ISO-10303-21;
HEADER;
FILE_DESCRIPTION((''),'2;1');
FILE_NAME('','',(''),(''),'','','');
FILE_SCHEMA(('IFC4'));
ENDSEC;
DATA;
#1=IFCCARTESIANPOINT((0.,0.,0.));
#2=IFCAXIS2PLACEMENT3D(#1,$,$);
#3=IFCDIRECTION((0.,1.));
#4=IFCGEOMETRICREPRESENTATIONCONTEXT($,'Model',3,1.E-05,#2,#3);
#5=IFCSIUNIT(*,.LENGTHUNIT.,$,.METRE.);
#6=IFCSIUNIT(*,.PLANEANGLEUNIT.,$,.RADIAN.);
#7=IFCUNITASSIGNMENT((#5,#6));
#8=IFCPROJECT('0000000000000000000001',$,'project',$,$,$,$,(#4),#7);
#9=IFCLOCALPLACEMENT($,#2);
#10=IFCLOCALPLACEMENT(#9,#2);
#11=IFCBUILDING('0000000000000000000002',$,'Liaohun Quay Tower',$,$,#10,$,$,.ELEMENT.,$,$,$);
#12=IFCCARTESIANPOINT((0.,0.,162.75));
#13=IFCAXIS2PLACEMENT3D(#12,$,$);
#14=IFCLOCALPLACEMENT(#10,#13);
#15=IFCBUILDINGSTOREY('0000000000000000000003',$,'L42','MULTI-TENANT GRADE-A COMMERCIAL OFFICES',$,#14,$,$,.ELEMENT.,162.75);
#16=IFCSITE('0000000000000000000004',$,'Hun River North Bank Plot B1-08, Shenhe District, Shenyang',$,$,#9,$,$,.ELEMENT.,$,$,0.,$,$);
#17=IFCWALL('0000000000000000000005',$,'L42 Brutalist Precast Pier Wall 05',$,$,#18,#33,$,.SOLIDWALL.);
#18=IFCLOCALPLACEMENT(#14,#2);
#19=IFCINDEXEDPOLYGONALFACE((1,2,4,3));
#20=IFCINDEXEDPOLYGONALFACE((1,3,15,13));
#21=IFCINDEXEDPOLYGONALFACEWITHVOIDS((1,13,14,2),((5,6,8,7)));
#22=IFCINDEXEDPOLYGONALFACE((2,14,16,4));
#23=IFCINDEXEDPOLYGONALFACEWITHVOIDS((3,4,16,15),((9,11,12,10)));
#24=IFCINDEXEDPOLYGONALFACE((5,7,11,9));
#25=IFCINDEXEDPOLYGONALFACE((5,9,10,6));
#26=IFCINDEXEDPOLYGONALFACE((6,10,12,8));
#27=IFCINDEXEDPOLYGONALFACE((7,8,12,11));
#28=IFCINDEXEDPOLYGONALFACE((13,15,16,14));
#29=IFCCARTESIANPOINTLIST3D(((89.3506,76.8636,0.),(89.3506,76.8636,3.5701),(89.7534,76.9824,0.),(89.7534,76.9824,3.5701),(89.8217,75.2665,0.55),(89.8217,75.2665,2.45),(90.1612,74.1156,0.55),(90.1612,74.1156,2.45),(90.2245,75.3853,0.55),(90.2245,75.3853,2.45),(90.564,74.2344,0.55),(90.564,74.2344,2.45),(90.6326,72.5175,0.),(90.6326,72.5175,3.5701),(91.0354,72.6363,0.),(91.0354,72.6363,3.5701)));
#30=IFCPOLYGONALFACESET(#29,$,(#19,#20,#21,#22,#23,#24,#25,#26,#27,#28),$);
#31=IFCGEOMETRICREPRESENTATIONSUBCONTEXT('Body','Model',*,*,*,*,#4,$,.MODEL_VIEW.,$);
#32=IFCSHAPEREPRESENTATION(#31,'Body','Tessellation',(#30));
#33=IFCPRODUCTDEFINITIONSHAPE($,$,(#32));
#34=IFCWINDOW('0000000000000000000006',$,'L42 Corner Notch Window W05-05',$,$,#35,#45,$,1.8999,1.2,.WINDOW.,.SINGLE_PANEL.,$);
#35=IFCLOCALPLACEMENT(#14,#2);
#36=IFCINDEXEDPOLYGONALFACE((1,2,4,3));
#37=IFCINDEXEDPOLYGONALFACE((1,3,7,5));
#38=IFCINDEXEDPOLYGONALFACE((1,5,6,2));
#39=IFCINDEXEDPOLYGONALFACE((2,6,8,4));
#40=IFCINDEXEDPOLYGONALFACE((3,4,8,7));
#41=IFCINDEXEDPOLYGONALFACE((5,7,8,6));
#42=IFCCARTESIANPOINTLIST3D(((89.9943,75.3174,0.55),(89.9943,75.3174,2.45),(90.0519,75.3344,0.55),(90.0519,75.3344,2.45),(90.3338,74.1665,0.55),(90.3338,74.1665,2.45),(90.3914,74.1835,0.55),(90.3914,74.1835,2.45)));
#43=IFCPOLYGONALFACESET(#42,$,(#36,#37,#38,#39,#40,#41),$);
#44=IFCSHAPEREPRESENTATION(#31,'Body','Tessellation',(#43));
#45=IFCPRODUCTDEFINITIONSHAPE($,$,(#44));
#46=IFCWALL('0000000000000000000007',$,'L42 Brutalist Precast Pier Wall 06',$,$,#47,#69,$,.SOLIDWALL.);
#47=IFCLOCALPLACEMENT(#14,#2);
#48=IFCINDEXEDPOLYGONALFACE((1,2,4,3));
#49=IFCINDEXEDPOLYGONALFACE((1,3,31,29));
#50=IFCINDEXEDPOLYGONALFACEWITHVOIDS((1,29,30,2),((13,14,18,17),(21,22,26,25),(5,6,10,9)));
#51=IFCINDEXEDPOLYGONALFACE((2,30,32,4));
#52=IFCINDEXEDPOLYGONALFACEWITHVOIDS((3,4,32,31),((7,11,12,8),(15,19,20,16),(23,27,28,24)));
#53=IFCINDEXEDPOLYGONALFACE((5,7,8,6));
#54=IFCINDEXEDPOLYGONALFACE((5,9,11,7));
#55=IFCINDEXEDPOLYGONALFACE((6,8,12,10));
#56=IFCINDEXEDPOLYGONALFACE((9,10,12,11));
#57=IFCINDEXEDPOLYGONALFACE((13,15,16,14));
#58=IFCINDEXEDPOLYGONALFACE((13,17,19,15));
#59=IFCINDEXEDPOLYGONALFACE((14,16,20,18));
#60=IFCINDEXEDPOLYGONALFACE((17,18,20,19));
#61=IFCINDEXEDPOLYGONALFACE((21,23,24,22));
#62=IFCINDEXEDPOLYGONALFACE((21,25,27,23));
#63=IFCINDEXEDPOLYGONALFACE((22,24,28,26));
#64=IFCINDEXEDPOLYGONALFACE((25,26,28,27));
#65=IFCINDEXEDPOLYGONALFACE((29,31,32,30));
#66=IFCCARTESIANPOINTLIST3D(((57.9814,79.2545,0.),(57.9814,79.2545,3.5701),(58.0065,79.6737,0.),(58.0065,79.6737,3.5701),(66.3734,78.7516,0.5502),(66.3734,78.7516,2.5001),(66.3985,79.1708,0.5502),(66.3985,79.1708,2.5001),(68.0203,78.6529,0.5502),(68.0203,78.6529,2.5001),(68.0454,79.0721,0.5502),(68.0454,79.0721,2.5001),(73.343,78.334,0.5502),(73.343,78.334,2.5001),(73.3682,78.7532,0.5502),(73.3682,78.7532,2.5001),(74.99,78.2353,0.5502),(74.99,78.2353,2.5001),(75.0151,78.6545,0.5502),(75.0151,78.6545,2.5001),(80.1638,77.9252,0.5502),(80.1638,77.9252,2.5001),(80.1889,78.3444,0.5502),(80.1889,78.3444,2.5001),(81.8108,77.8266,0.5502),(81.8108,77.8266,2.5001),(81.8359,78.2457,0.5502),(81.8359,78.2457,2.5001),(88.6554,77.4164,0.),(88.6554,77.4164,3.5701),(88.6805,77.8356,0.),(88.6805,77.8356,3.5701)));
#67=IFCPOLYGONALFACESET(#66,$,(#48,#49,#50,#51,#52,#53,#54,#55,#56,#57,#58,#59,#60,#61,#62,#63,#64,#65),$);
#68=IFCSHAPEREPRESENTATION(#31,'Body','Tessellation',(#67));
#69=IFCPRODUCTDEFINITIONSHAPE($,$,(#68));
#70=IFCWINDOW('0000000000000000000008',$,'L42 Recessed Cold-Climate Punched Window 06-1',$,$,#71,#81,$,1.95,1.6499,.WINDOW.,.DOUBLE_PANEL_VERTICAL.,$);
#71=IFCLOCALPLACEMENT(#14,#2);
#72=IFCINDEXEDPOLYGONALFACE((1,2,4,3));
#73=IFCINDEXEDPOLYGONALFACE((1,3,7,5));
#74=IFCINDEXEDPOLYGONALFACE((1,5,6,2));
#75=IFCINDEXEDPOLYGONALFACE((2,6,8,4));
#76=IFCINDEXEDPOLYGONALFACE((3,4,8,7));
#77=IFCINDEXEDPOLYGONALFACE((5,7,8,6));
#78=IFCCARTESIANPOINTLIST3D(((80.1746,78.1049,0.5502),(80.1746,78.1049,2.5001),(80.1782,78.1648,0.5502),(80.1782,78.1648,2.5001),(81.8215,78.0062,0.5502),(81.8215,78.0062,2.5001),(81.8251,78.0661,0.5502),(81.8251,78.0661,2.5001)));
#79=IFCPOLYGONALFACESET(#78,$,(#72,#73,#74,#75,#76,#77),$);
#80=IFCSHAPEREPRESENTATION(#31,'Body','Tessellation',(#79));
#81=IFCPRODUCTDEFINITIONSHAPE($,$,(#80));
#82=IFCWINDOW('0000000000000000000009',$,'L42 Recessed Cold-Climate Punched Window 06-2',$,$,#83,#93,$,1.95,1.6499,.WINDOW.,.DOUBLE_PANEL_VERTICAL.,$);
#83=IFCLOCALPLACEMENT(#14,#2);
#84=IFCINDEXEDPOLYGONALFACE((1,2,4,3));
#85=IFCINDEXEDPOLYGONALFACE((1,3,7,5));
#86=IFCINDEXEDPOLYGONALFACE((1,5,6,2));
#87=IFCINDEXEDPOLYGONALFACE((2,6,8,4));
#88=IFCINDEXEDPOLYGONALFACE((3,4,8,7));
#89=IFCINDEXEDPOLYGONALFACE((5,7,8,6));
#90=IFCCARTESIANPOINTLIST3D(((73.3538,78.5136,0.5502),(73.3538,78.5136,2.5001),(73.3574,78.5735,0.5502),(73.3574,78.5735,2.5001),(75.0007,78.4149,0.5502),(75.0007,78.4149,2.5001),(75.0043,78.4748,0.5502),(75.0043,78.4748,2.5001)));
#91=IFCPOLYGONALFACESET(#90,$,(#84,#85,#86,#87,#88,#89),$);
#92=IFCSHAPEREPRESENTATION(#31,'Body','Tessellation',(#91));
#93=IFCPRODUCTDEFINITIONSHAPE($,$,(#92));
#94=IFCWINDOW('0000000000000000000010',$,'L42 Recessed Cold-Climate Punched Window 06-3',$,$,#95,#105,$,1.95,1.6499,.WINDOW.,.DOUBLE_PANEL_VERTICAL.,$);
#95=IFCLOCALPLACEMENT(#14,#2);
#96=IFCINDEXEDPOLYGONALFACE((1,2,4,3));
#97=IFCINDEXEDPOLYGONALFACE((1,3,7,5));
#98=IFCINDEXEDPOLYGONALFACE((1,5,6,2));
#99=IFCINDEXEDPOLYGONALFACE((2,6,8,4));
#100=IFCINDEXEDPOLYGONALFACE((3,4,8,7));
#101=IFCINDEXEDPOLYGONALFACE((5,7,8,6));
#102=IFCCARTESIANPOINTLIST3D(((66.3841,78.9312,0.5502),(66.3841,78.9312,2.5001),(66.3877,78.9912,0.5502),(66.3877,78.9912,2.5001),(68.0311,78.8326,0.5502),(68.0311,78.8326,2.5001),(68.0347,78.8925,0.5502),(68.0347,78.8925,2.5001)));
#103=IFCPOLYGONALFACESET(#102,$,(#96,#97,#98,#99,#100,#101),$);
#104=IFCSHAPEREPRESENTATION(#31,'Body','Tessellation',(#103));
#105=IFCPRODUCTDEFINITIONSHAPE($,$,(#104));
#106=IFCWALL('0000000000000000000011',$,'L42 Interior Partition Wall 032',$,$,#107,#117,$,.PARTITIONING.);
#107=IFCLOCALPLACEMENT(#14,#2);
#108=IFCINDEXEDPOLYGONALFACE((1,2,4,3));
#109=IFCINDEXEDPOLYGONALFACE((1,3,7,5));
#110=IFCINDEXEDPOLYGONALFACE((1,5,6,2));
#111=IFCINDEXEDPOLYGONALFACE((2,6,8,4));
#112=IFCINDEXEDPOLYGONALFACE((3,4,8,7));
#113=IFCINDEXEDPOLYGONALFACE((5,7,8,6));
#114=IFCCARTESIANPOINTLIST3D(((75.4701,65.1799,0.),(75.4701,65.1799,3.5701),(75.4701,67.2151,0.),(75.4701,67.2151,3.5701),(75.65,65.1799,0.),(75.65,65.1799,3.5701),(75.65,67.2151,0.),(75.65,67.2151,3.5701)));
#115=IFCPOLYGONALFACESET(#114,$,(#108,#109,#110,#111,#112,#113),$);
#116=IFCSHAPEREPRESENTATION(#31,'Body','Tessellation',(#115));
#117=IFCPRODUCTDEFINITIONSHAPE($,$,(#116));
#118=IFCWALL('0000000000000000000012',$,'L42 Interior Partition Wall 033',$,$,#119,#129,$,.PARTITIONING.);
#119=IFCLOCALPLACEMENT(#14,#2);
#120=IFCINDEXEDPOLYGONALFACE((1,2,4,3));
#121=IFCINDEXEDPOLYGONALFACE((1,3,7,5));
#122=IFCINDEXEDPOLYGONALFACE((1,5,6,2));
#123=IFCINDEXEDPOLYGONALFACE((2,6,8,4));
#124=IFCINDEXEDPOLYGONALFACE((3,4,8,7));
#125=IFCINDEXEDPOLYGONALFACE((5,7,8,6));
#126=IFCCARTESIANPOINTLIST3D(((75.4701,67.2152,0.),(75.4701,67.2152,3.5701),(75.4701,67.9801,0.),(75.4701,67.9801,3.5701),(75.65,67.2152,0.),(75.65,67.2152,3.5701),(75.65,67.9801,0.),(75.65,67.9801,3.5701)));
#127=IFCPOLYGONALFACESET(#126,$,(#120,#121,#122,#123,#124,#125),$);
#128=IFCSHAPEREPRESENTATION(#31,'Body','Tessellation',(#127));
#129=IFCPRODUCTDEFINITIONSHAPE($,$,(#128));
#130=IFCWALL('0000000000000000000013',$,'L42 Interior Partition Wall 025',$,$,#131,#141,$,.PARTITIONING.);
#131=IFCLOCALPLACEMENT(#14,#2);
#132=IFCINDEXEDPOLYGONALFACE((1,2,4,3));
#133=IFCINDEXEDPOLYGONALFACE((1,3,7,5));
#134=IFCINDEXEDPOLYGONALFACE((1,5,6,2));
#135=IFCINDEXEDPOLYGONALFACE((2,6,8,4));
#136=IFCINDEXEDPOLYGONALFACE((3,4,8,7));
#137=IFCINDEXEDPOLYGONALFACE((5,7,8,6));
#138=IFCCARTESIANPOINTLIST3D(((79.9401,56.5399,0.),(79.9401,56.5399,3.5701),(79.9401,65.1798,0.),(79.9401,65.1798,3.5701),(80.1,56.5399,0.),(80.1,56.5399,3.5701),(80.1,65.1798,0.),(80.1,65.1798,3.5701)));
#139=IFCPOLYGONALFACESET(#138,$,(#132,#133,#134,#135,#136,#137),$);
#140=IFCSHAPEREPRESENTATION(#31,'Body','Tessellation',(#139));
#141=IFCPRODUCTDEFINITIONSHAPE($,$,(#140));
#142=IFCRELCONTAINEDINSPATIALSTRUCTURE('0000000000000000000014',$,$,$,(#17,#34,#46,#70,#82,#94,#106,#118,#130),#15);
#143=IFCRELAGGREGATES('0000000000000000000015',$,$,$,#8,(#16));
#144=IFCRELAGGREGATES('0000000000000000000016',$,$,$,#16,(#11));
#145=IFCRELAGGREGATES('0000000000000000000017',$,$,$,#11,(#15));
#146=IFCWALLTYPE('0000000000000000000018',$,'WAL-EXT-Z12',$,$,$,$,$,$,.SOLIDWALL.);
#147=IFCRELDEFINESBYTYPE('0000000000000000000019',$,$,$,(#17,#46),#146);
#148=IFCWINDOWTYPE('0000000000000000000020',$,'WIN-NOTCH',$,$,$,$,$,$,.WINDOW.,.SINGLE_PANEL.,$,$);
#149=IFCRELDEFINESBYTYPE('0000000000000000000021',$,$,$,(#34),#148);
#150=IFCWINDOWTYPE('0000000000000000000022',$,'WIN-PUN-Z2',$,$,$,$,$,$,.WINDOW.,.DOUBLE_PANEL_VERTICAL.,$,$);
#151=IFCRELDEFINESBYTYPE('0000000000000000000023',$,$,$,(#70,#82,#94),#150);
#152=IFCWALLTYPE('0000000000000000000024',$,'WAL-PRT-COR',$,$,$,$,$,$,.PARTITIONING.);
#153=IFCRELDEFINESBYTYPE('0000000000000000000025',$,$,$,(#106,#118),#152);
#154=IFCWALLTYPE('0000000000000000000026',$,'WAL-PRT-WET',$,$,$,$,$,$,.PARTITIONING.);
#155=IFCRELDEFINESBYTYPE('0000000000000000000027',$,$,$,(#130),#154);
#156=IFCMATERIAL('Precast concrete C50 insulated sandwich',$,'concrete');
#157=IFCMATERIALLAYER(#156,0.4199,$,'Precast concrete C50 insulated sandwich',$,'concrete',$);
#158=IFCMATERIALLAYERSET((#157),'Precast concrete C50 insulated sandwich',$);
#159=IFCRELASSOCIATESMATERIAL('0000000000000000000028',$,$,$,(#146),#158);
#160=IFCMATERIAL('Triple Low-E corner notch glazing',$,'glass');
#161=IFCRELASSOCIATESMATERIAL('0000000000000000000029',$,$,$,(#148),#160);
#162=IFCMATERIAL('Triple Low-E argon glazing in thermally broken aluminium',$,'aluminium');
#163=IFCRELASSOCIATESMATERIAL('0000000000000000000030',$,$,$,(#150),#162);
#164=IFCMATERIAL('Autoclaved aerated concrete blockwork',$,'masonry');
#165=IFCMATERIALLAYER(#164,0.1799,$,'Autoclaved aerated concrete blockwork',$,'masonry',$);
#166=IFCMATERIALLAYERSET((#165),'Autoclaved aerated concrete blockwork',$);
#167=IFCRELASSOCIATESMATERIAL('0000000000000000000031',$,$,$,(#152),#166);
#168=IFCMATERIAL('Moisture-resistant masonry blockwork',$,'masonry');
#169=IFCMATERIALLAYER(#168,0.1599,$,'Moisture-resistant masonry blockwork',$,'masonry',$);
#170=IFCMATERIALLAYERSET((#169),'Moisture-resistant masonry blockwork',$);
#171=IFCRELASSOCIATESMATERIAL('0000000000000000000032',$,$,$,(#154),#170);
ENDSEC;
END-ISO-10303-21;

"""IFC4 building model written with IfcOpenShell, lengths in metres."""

from ifc_helpers import new_model, si_unit, direction, frame, frame_2d, origin, place, context, subcontext, project, spatial, rectangle, extrude, source, transform, mapped, material, layer, layer_set, type_object, element, fill, save


model = new_model("IFC4")

# Units and contexts
model_context = context("Model", 3, precision=1e-05, world=origin(), true_north=direction((0.0, 1.0)))
body_context = subcontext(model_context, "Body", "Model", "MODEL_VIEW")
ifc_project = project(units=[si_unit("LENGTHUNIT", "METRE"), si_unit("PLANEANGLEUNIT", "RADIAN")], contexts=[model_context])

# Site, building, storey
site_placement = place(None, origin())
site = spatial("IfcSite", under=ifc_project, at=site_placement, Name="Hun River North Bank Plot B1-08, Shenhe District, Shenyang", CompositionType="ELEMENT", RefElevation=0.0)
building_placement = place(site_placement, origin())
building = spatial("IfcBuilding", under=site, at=building_placement, Name="Liaohun Quay Tower", CompositionType="ELEMENT")
storey_placement = place(building_placement, frame((0.0, 0.0, 162.75)))
storey = spatial("IfcBuildingStorey", under=building, at=storey_placement, Name="L42", Description="MULTI-TENANT GRADE-A COMMERCIAL OFFICES", CompositionType="ELEMENT", Elevation=162.75)

# Wall, opening, window
ifc_material_1 = material(Name="Precast concrete C50 insulated sandwich", Category="concrete")
ifc_layer_1 = layer(ifc_material_1, 0.4199, Name="Precast concrete C50 insulated sandwich", Category="concrete")
ifc_layer_set_1 = layer_set([ifc_layer_1], Name="Precast concrete C50 insulated sandwich")
wall_type_1 = type_object("IfcWallType", Name="WAL-EXT-Z12", PredefinedType="SOLIDWALL", material=ifc_layer_set_1)
shared_shape_1 = source(origin(), body_context, "Body", "SweptSolid", [
    extrude(rectangle(XDim=1.2, YDim=1.8999, at=frame_2d((0.6001, 0.95))), frame((0.0, 0.22, 0.0), z_axis=(0.0, -1.0, 0.0), x_axis=(1.0, 0.0, 0.0)), (0.0, 0.0, 1.0), 0.4399),
])
ifc_material_2 = material(Name="Triple Low-E corner notch glazing", Category="glass")
window_type_1 = type_object("IfcWindowType", Name="WIN-NOTCH", PartitioningType="SINGLE_PANEL", PredefinedType="WINDOW", material=ifc_material_2)
shared_shape_2 = source(origin(), body_context, "Body", "SweptSolid", [
    extrude(rectangle(XDim=1.2, YDim=1.8999, at=frame_2d((0.6001, 0.95))), frame((0.0, 0.03, 0.0), z_axis=(0.0, -1.0, 0.0), x_axis=(1.0, 0.0, 0.0)), (0.0, 0.0, 1.0), 0.0601),
])
wall_1_placement = place(storey_placement, frame((90.834, 72.5769, 0.0), z_axis=(0.0, 0.0, 1.0), x_axis=(-0.282916, 0.959145, 0.0)))
wall_1 = element("IfcWall", 1, at=wall_1_placement, inside=storey, type_object=wall_type_1, Name="L42 Brutalist Precast Pier Wall 05", PredefinedType="SOLIDWALL", context=body_context, shape_type="SweptSolid", body=[
    extrude(rectangle(XDim=4.5312, YDim=0.4199, at=frame_2d((2.2656, 0.0))), origin(), (0.0, 0.0, 1.0), 3.5701),
])
opening_1_placement = place(wall_1_placement, frame((1.666, 0.0, 0.55)))
opening_1 = element("IfcOpeningElement", 2, at=opening_1_placement, cuts=wall_1, PredefinedType="OPENING", context=body_context, shape_type="MappedRepresentation", body=[
    mapped(shared_shape_1, transform((0.0, 0.0, 0.0), x_axis=(1.0, 0.0, 0.0), y_axis=(0.0, 1.0, 0.0), z_axis=(0.0, 0.0, 1.0), scale=1.0)),
])
window_1_placement = place(opening_1_placement, origin())
window_1 = element("IfcWindow", 3, at=window_1_placement, inside=storey, type_object=window_type_1, Name="L42 Corner Notch Window W05-05", OverallHeight=1.8999, OverallWidth=1.2, PartitioningType="SINGLE_PANEL", PredefinedType="WINDOW", context=body_context, shape_type="MappedRepresentation", body=[
    mapped(shared_shape_2, transform((0.0, 0.0, 0.0), x_axis=(1.0, 0.0, 0.0), y_axis=(0.0, 1.0, 0.0), z_axis=(0.0, 0.0, 1.0), scale=1.0)),
])
fill(opening_1, window_1)

# Wall, openings, windows
wall_2_placement = place(storey_placement, frame((88.668, 77.626, 0.0), z_axis=(0.0, 0.0, 1.0), x_axis=(-0.998209, 0.059817, 0.0)))
wall_2 = element("IfcWall", 4, at=wall_2_placement, inside=storey, type_object=wall_type_1, Name="L42 Brutalist Precast Pier Wall 06", PredefinedType="SOLIDWALL", context=body_context, shape_type="SweptSolid", body=[
    extrude(rectangle(XDim=30.729, YDim=0.4199, at=frame_2d((15.3645, 0.0))), origin(), (0.0, 0.0, 1.0), 3.5701),
])
shared_shape_3 = source(origin(), body_context, "Body", "SweptSolid", [
    extrude(rectangle(XDim=1.6499, YDim=1.95, at=frame_2d((0.825, 0.9751))), frame((0.0, 0.22, 0.0), z_axis=(0.0, -1.0, 0.0), x_axis=(1.0, 0.0, 0.0)), (0.0, 0.0, 1.0), 0.4399),
])
opening_2_placement = place(wall_2_placement, frame((6.8569, 0.0, 0.55)))
opening_2 = element("IfcOpeningElement", 5, at=opening_2_placement, cuts=wall_2, PredefinedType="OPENING", context=body_context, shape_type="MappedRepresentation", body=[
    mapped(shared_shape_3, transform((0.0, 0.0, 0.0), x_axis=(1.0, 0.0, 0.0), y_axis=(0.0, 1.0, 0.0), z_axis=(0.0, 0.0, 1.0), scale=1.0)),
])
opening_3_placement = place(wall_2_placement, frame((13.6899, 0.0, 0.55)))
opening_3 = element("IfcOpeningElement", 6, at=opening_3_placement, cuts=wall_2, PredefinedType="OPENING", context=body_context, shape_type="MappedRepresentation", body=[
    mapped(shared_shape_3, transform((0.0, 0.0, 0.0), x_axis=(1.0, 0.0, 0.0), y_axis=(0.0, 1.0, 0.0), z_axis=(0.0, 0.0, 1.0), scale=1.0)),
])
opening_4_placement = place(wall_2_placement, frame((20.6721, 0.0, 0.55)))
opening_4 = element("IfcOpeningElement", 7, at=opening_4_placement, cuts=wall_2, PredefinedType="OPENING", context=body_context, shape_type="MappedRepresentation", body=[
    mapped(shared_shape_3, transform((0.0, 0.0, 0.0), x_axis=(1.0, 0.0, 0.0), y_axis=(0.0, 1.0, 0.0), z_axis=(0.0, 0.0, 1.0), scale=1.0)),
])
ifc_material_3 = material(Name="Triple Low-E argon glazing in thermally broken aluminium", Category="aluminium")
window_type_2 = type_object("IfcWindowType", Name="WIN-PUN-Z2", PartitioningType="DOUBLE_PANEL_VERTICAL", PredefinedType="WINDOW", material=ifc_material_3)
shared_shape_4 = source(origin(), body_context, "Body", "SweptSolid", [
    extrude(rectangle(XDim=1.6499, YDim=1.95, at=frame_2d((0.825, 0.9751))), frame((0.0, 0.03, 0.0), z_axis=(0.0, -1.0, 0.0), x_axis=(1.0, 0.0, 0.0)), (0.0, 0.0, 1.0), 0.0601),
])
window_2_placement = place(opening_2_placement, origin())
window_2 = element("IfcWindow", 8, at=window_2_placement, inside=storey, type_object=window_type_2, Name="L42 Recessed Cold-Climate Punched Window 06-1", OverallHeight=1.95, OverallWidth=1.6499, PartitioningType="DOUBLE_PANEL_VERTICAL", PredefinedType="WINDOW", context=body_context, shape_type="MappedRepresentation", body=[
    mapped(shared_shape_4, transform((0.0, 0.0, 0.0), x_axis=(1.0, 0.0, 0.0), y_axis=(0.0, 1.0, 0.0), z_axis=(0.0, 0.0, 1.0), scale=1.0)),
])
fill(opening_2, window_2)
window_3_placement = place(opening_3_placement, origin())
window_3 = element("IfcWindow", 9, at=window_3_placement, inside=storey, type_object=window_type_2, Name="L42 Recessed Cold-Climate Punched Window 06-2", OverallHeight=1.95, OverallWidth=1.6499, PartitioningType="DOUBLE_PANEL_VERTICAL", PredefinedType="WINDOW", context=body_context, shape_type="MappedRepresentation", body=[
    mapped(shared_shape_4, transform((0.0, 0.0, 0.0), x_axis=(1.0, 0.0, 0.0), y_axis=(0.0, 1.0, 0.0), z_axis=(0.0, 0.0, 1.0), scale=1.0)),
])
fill(opening_3, window_3)
window_4_placement = place(opening_4_placement, origin())
window_4 = element("IfcWindow", 10, at=window_4_placement, inside=storey, type_object=window_type_2, Name="L42 Recessed Cold-Climate Punched Window 06-3", OverallHeight=1.95, OverallWidth=1.6499, PartitioningType="DOUBLE_PANEL_VERTICAL", PredefinedType="WINDOW", context=body_context, shape_type="MappedRepresentation", body=[
    mapped(shared_shape_4, transform((0.0, 0.0, 0.0), x_axis=(1.0, 0.0, 0.0), y_axis=(0.0, 1.0, 0.0), z_axis=(0.0, 0.0, 1.0), scale=1.0)),
])
fill(opening_4, window_4)

# Walls
ifc_material_4 = material(Name="Autoclaved aerated concrete blockwork", Category="masonry")
ifc_layer_2 = layer(ifc_material_4, 0.1799, Name="Autoclaved aerated concrete blockwork", Category="masonry")
ifc_layer_set_2 = layer_set([ifc_layer_2], Name="Autoclaved aerated concrete blockwork")
wall_type_2 = type_object("IfcWallType", Name="WAL-PRT-COR", PredefinedType="PARTITIONING", material=ifc_layer_set_2)
wall_3_placement = place(storey_placement, frame((75.5601, 67.2151, 0.0), z_axis=(0.0, 0.0, 1.0), x_axis=(0.0, -1.0, 0.0)))
element("IfcWall", 11, at=wall_3_placement, inside=storey, type_object=wall_type_2, Name="L42 Interior Partition Wall 032", PredefinedType="PARTITIONING", context=body_context, shape_type="SweptSolid", body=[
    extrude(rectangle(XDim=2.0352, YDim=0.1799, at=frame_2d((1.0176, 0.0))), origin(), (0.0, 0.0, 1.0), 3.5701),
])
wall_4_placement = place(storey_placement, frame((75.5601, 67.98, 0.0), z_axis=(0.0, 0.0, 1.0), x_axis=(0.0, -1.0, 0.0)))
element("IfcWall", 12, at=wall_4_placement, inside=storey, type_object=wall_type_2, Name="L42 Interior Partition Wall 033", PredefinedType="PARTITIONING", context=body_context, shape_type="SweptSolid", body=[
    extrude(rectangle(XDim=0.7649, YDim=0.1799, at=frame_2d((0.3823, 0.0))), origin(), (0.0, 0.0, 1.0), 3.5701),
])
ifc_material_5 = material(Name="Moisture-resistant masonry blockwork", Category="masonry")
ifc_layer_3 = layer(ifc_material_5, 0.1599, Name="Moisture-resistant masonry blockwork", Category="masonry")
ifc_layer_set_3 = layer_set([ifc_layer_3], Name="Moisture-resistant masonry blockwork")
wall_type_3 = type_object("IfcWallType", Name="WAL-PRT-WET", PredefinedType="PARTITIONING", material=ifc_layer_set_3)
wall_5_placement = place(storey_placement, frame((80.02, 56.54, 0.0), z_axis=(0.0, 0.0, 1.0), x_axis=(0.0, 1.0, 0.0)))
element("IfcWall", 13, at=wall_5_placement, inside=storey, type_object=wall_type_3, Name="L42 Interior Partition Wall 025", PredefinedType="PARTITIONING", context=body_context, shape_type="SweptSolid", body=[
    extrude(rectangle(XDim=8.6399, YDim=0.1599, at=frame_2d((4.3198, 0.0))), origin(), (0.0, 0.0, 1.0), 3.5701),
])

save(model, "model.ifc")
